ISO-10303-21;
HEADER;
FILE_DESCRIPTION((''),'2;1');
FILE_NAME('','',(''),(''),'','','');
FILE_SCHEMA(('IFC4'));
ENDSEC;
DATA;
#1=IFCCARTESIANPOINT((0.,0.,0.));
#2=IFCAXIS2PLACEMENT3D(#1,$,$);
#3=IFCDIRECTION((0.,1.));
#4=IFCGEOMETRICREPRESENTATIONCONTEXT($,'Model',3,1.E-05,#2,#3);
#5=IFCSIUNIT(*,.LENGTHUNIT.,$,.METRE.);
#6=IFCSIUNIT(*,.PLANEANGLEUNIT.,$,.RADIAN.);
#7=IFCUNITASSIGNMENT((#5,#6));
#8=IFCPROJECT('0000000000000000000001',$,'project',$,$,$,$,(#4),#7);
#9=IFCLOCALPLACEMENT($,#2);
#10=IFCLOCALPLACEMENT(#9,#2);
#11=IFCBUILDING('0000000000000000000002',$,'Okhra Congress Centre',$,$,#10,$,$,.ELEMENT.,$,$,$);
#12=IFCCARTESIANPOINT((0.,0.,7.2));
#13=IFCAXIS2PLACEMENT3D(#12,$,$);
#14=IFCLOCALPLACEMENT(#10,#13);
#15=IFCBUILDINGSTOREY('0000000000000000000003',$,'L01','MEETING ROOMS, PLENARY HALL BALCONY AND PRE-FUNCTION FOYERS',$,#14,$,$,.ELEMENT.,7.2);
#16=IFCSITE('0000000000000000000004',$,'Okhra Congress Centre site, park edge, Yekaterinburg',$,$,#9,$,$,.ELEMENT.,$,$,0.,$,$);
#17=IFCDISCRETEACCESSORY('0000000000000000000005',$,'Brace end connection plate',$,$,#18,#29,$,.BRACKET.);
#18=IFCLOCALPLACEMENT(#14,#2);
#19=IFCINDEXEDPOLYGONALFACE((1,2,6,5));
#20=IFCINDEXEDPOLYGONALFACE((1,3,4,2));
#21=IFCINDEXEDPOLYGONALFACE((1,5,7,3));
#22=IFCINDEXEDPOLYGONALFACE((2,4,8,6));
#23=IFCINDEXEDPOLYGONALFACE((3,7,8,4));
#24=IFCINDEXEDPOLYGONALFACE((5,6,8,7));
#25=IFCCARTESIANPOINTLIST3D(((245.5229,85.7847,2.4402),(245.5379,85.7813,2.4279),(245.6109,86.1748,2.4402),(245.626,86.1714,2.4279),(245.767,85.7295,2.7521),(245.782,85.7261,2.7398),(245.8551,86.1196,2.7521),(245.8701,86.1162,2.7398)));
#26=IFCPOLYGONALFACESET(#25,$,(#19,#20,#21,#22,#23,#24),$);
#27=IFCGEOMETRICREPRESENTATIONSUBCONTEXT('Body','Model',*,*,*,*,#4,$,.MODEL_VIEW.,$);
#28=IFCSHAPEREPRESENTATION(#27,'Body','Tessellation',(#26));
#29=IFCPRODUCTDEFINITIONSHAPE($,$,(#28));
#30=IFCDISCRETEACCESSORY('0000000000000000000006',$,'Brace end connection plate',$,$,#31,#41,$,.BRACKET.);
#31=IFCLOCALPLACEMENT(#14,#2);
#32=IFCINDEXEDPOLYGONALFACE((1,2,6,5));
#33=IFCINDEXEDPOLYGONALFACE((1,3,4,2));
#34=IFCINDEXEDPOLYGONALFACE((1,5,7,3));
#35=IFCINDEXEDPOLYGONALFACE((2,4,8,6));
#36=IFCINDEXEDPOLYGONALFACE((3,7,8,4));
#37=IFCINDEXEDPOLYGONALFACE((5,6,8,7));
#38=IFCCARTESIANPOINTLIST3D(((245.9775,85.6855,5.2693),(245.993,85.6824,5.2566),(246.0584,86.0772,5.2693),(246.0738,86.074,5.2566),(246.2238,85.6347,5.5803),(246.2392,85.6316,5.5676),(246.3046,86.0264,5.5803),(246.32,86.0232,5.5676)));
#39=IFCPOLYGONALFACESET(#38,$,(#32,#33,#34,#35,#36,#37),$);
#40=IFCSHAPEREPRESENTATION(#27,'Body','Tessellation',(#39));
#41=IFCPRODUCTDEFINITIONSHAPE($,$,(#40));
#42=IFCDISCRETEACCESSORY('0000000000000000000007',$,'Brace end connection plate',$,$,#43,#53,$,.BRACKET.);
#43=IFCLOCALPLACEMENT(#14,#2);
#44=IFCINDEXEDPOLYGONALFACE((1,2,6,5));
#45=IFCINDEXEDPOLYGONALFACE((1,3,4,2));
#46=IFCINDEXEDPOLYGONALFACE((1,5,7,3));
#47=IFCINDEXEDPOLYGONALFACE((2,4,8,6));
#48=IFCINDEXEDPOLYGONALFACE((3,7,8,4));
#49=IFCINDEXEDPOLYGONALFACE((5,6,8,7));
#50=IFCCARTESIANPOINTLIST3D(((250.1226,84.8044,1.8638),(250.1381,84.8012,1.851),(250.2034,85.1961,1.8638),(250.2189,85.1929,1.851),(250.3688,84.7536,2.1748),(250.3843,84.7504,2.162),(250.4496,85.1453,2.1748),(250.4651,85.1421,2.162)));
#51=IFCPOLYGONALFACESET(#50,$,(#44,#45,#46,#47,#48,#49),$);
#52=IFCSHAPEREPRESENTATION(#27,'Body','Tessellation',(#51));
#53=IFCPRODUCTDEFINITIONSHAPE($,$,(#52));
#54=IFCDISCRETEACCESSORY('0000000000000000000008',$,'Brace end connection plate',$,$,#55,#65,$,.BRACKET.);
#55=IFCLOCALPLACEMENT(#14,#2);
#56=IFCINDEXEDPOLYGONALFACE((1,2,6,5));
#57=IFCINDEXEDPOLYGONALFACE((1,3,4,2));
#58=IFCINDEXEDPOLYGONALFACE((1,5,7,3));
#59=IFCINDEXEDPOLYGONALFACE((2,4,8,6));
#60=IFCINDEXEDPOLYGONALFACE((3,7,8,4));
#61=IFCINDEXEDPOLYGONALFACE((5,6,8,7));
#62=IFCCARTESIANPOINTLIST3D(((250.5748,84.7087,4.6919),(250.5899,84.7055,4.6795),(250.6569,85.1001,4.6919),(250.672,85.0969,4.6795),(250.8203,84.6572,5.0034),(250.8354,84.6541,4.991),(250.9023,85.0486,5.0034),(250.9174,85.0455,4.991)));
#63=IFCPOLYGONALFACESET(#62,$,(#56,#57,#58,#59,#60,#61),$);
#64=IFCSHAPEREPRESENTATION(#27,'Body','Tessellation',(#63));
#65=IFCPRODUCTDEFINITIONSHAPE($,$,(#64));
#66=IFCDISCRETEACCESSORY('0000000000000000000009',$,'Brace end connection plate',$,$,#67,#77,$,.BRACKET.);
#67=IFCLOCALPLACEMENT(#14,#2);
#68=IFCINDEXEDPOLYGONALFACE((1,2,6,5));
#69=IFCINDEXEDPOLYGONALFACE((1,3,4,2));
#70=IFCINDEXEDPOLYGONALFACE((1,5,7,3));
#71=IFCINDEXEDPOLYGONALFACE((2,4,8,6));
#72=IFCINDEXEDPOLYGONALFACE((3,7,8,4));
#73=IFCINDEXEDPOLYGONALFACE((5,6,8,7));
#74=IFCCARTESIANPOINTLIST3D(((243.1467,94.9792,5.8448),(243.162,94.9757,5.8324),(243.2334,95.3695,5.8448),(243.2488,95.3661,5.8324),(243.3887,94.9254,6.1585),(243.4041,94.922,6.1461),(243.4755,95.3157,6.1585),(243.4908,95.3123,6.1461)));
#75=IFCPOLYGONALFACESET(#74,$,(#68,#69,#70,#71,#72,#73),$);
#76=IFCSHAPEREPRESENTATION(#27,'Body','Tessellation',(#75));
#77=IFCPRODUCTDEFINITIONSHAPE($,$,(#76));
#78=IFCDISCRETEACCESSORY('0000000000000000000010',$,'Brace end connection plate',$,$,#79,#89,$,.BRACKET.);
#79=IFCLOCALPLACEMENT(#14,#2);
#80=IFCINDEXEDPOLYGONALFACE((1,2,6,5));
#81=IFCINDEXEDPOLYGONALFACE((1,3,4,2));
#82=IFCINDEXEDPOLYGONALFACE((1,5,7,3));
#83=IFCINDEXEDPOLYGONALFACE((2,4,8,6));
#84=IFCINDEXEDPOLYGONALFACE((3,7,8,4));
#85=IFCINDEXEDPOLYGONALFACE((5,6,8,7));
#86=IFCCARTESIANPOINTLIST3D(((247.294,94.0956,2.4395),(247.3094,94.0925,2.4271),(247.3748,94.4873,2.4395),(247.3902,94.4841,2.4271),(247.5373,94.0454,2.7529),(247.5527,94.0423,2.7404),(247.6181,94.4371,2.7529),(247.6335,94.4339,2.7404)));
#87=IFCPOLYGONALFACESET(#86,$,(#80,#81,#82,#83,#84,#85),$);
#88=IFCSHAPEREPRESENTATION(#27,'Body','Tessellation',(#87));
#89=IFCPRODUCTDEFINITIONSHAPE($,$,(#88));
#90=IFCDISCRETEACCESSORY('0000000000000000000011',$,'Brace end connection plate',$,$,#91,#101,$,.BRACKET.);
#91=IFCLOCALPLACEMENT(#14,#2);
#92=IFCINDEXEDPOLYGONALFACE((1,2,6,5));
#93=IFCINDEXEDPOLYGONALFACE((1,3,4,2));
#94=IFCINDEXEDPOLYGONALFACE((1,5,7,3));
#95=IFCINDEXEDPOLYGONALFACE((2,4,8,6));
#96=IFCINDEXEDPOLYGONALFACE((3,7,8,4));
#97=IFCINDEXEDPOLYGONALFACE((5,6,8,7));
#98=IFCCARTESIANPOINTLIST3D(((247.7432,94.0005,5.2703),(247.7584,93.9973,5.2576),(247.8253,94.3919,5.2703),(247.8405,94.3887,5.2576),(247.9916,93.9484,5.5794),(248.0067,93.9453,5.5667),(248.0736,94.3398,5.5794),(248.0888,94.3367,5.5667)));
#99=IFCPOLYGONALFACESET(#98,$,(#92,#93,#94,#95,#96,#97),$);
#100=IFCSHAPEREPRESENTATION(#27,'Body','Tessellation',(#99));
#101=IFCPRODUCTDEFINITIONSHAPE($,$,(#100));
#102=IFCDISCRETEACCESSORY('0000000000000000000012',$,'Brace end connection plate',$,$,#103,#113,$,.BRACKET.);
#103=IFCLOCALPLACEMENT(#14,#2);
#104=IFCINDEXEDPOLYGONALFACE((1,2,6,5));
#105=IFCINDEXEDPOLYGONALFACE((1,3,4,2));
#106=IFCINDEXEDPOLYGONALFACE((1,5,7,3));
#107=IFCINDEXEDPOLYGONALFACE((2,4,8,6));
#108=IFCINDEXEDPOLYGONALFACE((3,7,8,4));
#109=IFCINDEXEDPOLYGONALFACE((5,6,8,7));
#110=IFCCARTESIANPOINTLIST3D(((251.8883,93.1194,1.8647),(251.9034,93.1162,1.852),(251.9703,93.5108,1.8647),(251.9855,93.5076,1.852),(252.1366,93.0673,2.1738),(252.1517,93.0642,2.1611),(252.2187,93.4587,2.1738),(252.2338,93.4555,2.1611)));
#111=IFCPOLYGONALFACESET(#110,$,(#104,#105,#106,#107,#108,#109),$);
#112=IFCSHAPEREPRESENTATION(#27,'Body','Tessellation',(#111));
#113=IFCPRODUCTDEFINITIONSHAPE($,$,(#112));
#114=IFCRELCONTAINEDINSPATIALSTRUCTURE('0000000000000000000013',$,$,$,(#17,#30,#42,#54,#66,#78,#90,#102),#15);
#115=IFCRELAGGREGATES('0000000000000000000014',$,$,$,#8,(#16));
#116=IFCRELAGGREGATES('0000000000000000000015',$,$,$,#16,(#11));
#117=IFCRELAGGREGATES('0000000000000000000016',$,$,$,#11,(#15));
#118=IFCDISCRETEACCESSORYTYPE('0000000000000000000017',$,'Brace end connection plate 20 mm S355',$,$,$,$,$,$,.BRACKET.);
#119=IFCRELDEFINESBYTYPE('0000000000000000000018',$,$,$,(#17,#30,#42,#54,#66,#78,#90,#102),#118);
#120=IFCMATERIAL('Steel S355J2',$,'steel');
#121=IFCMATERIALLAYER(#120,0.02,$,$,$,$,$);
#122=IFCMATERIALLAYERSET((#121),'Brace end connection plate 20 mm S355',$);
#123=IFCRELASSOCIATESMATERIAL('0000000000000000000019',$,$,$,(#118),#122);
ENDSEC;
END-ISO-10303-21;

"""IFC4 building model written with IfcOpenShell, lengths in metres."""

from ifc_helpers import new_model, si_unit, direction, frame, origin, origin_2d, place, context, subcontext, project, spatial, rectangle, extrude, material, layer, layer_set, type_object, element, save


model = new_model("IFC4")

# Units and contexts
model_context = context("Model", 3, precision=1e-05, world=origin(), true_north=direction((0.0, 1.0)))
body_context = subcontext(model_context, "Body", "Model", "MODEL_VIEW")
ifc_project = project(units=[si_unit("LENGTHUNIT", "METRE"), si_unit("PLANEANGLEUNIT", "RADIAN")], contexts=[model_context])

# Site, building, storey
site_placement = place(None, origin())
site = spatial("IfcSite", under=ifc_project, at=site_placement, Name="Okhra Congress Centre site, park edge, Yekaterinburg", CompositionType="ELEMENT", RefElevation=0.0)
building_placement = place(site_placement, origin())
building = spatial("IfcBuilding", under=site, at=building_placement, Name="Okhra Congress Centre", CompositionType="ELEMENT")
storey_placement = place(building_placement, frame((0.0, 0.0, 7.2)))
storey = spatial("IfcBuildingStorey", under=building, at=storey_placement, Name="L01", Description="MEETING ROOMS, PLENARY HALL BALCONY AND PRE-FUNCTION FOYERS", CompositionType="ELEMENT", Elevation=7.2)

# Shared definitions
ifc_material_1 = material(Name="Steel S355J2", Category="steel")

# Discrete accessories
ifc_layer_1 = layer(ifc_material_1, 0.02)
ifc_layer_set_1 = layer_set([ifc_layer_1], Name="Brace end connection plate 20 mm S355")
discrete_accessory_type = type_object("IfcDiscreteAccessoryType", Name="Brace end connection plate 20 mm S355", PredefinedType="BRACKET", material=ifc_layer_set_1)
discrete_accessory_1_placement = place(storey_placement, frame((245.689, 85.9521, 2.5962), z_axis=(0.760808, -0.171795, -0.625826), x_axis=(0.220261, 0.975441, 0.0)))
element("IfcDiscreteAccessory", 1, at=discrete_accessory_1_placement, inside=storey, type_object=discrete_accessory_type, Name="Brace end connection plate", PredefinedType="BRACKET", context=body_context, shape_type="SweptSolid", body=[
    extrude(rectangle(XDim=0.3999, YDim=0.3999, at=origin_2d()), origin(), (0.0, 0.0, 1.0), 0.0198),
])
for number, where, z_axis, x_axis, name in (
    (2, (246.1565, 85.8528, 5.4121), (-0.761639, 0.157164, 0.628654), (-0.202092, -0.979367, 0.0), "Brace end connection plate"),
    (3, (250.2861, 84.9749, 2.0193), (0.761639, -0.157164, -0.628654), (0.202092, 0.979367, 0.0), "Brace end connection plate"),
):
    element("IfcDiscreteAccessory", number, at=place(storey_placement, frame(where, z_axis=z_axis, x_axis=x_axis)), inside=storey, type_object=discrete_accessory_type, Name=name, PredefinedType="BRACKET", context=body_context, shape_type="SweptSolid", body=[
        extrude(rectangle(XDim=0.3999, YDim=0.3999, at=origin_2d()), origin(), (0.0, 0.0, 1.0), 0.0203),
    ])
discrete_accessory_2_placement = place(storey_placement, frame((250.7537, 84.8755, 4.8352), z_axis=(-0.762359, 0.159849, 0.627102), x_axis=(-0.205215, -0.978717, 0.0)))
element("IfcDiscreteAccessory", 4, at=discrete_accessory_2_placement, inside=storey, type_object=discrete_accessory_type, Name="Brace end connection plate", PredefinedType="BRACKET", context=body_context, shape_type="SweptSolid", body=[
    extrude(rectangle(XDim=0.3999, YDim=0.3999, at=origin_2d()), origin(), (0.0, 0.0, 1.0), 0.0198),
])
for number, where, z_axis, x_axis, name in (
    (5, (243.3264, 95.144, 5.9893), (-0.765904, 0.170201, 0.620018), (-0.21693, -0.976187, 0.0), "Brace end connection plate"),
    (6, (247.4561, 94.2664, 2.5962), (0.767437, -0.15836, -0.621259), (0.202092, 0.979367, 0.0), "Brace end connection plate"),
    (7, (247.9236, 94.167, 5.4121), (-0.756491, 0.158619, 0.634477), (-0.205215, -0.978717, 0.0), "Brace end connection plate"),
    (8, (252.0535, 93.2891, 2.0193), (0.756491, -0.158619, -0.634477), (0.205215, 0.978717, 0.0), "Brace end connection plate"),
):
    element("IfcDiscreteAccessory", number, at=place(storey_placement, frame(where, z_axis=z_axis, x_axis=x_axis)), inside=storey, type_object=discrete_accessory_type, Name=name, PredefinedType="BRACKET", context=body_context, shape_type="SweptSolid", body=[
        extrude(rectangle(XDim=0.3999, YDim=0.3999, at=origin_2d()), origin(), (0.0, 0.0, 1.0), 0.02),
    ])

save(model, "model.ifc")
